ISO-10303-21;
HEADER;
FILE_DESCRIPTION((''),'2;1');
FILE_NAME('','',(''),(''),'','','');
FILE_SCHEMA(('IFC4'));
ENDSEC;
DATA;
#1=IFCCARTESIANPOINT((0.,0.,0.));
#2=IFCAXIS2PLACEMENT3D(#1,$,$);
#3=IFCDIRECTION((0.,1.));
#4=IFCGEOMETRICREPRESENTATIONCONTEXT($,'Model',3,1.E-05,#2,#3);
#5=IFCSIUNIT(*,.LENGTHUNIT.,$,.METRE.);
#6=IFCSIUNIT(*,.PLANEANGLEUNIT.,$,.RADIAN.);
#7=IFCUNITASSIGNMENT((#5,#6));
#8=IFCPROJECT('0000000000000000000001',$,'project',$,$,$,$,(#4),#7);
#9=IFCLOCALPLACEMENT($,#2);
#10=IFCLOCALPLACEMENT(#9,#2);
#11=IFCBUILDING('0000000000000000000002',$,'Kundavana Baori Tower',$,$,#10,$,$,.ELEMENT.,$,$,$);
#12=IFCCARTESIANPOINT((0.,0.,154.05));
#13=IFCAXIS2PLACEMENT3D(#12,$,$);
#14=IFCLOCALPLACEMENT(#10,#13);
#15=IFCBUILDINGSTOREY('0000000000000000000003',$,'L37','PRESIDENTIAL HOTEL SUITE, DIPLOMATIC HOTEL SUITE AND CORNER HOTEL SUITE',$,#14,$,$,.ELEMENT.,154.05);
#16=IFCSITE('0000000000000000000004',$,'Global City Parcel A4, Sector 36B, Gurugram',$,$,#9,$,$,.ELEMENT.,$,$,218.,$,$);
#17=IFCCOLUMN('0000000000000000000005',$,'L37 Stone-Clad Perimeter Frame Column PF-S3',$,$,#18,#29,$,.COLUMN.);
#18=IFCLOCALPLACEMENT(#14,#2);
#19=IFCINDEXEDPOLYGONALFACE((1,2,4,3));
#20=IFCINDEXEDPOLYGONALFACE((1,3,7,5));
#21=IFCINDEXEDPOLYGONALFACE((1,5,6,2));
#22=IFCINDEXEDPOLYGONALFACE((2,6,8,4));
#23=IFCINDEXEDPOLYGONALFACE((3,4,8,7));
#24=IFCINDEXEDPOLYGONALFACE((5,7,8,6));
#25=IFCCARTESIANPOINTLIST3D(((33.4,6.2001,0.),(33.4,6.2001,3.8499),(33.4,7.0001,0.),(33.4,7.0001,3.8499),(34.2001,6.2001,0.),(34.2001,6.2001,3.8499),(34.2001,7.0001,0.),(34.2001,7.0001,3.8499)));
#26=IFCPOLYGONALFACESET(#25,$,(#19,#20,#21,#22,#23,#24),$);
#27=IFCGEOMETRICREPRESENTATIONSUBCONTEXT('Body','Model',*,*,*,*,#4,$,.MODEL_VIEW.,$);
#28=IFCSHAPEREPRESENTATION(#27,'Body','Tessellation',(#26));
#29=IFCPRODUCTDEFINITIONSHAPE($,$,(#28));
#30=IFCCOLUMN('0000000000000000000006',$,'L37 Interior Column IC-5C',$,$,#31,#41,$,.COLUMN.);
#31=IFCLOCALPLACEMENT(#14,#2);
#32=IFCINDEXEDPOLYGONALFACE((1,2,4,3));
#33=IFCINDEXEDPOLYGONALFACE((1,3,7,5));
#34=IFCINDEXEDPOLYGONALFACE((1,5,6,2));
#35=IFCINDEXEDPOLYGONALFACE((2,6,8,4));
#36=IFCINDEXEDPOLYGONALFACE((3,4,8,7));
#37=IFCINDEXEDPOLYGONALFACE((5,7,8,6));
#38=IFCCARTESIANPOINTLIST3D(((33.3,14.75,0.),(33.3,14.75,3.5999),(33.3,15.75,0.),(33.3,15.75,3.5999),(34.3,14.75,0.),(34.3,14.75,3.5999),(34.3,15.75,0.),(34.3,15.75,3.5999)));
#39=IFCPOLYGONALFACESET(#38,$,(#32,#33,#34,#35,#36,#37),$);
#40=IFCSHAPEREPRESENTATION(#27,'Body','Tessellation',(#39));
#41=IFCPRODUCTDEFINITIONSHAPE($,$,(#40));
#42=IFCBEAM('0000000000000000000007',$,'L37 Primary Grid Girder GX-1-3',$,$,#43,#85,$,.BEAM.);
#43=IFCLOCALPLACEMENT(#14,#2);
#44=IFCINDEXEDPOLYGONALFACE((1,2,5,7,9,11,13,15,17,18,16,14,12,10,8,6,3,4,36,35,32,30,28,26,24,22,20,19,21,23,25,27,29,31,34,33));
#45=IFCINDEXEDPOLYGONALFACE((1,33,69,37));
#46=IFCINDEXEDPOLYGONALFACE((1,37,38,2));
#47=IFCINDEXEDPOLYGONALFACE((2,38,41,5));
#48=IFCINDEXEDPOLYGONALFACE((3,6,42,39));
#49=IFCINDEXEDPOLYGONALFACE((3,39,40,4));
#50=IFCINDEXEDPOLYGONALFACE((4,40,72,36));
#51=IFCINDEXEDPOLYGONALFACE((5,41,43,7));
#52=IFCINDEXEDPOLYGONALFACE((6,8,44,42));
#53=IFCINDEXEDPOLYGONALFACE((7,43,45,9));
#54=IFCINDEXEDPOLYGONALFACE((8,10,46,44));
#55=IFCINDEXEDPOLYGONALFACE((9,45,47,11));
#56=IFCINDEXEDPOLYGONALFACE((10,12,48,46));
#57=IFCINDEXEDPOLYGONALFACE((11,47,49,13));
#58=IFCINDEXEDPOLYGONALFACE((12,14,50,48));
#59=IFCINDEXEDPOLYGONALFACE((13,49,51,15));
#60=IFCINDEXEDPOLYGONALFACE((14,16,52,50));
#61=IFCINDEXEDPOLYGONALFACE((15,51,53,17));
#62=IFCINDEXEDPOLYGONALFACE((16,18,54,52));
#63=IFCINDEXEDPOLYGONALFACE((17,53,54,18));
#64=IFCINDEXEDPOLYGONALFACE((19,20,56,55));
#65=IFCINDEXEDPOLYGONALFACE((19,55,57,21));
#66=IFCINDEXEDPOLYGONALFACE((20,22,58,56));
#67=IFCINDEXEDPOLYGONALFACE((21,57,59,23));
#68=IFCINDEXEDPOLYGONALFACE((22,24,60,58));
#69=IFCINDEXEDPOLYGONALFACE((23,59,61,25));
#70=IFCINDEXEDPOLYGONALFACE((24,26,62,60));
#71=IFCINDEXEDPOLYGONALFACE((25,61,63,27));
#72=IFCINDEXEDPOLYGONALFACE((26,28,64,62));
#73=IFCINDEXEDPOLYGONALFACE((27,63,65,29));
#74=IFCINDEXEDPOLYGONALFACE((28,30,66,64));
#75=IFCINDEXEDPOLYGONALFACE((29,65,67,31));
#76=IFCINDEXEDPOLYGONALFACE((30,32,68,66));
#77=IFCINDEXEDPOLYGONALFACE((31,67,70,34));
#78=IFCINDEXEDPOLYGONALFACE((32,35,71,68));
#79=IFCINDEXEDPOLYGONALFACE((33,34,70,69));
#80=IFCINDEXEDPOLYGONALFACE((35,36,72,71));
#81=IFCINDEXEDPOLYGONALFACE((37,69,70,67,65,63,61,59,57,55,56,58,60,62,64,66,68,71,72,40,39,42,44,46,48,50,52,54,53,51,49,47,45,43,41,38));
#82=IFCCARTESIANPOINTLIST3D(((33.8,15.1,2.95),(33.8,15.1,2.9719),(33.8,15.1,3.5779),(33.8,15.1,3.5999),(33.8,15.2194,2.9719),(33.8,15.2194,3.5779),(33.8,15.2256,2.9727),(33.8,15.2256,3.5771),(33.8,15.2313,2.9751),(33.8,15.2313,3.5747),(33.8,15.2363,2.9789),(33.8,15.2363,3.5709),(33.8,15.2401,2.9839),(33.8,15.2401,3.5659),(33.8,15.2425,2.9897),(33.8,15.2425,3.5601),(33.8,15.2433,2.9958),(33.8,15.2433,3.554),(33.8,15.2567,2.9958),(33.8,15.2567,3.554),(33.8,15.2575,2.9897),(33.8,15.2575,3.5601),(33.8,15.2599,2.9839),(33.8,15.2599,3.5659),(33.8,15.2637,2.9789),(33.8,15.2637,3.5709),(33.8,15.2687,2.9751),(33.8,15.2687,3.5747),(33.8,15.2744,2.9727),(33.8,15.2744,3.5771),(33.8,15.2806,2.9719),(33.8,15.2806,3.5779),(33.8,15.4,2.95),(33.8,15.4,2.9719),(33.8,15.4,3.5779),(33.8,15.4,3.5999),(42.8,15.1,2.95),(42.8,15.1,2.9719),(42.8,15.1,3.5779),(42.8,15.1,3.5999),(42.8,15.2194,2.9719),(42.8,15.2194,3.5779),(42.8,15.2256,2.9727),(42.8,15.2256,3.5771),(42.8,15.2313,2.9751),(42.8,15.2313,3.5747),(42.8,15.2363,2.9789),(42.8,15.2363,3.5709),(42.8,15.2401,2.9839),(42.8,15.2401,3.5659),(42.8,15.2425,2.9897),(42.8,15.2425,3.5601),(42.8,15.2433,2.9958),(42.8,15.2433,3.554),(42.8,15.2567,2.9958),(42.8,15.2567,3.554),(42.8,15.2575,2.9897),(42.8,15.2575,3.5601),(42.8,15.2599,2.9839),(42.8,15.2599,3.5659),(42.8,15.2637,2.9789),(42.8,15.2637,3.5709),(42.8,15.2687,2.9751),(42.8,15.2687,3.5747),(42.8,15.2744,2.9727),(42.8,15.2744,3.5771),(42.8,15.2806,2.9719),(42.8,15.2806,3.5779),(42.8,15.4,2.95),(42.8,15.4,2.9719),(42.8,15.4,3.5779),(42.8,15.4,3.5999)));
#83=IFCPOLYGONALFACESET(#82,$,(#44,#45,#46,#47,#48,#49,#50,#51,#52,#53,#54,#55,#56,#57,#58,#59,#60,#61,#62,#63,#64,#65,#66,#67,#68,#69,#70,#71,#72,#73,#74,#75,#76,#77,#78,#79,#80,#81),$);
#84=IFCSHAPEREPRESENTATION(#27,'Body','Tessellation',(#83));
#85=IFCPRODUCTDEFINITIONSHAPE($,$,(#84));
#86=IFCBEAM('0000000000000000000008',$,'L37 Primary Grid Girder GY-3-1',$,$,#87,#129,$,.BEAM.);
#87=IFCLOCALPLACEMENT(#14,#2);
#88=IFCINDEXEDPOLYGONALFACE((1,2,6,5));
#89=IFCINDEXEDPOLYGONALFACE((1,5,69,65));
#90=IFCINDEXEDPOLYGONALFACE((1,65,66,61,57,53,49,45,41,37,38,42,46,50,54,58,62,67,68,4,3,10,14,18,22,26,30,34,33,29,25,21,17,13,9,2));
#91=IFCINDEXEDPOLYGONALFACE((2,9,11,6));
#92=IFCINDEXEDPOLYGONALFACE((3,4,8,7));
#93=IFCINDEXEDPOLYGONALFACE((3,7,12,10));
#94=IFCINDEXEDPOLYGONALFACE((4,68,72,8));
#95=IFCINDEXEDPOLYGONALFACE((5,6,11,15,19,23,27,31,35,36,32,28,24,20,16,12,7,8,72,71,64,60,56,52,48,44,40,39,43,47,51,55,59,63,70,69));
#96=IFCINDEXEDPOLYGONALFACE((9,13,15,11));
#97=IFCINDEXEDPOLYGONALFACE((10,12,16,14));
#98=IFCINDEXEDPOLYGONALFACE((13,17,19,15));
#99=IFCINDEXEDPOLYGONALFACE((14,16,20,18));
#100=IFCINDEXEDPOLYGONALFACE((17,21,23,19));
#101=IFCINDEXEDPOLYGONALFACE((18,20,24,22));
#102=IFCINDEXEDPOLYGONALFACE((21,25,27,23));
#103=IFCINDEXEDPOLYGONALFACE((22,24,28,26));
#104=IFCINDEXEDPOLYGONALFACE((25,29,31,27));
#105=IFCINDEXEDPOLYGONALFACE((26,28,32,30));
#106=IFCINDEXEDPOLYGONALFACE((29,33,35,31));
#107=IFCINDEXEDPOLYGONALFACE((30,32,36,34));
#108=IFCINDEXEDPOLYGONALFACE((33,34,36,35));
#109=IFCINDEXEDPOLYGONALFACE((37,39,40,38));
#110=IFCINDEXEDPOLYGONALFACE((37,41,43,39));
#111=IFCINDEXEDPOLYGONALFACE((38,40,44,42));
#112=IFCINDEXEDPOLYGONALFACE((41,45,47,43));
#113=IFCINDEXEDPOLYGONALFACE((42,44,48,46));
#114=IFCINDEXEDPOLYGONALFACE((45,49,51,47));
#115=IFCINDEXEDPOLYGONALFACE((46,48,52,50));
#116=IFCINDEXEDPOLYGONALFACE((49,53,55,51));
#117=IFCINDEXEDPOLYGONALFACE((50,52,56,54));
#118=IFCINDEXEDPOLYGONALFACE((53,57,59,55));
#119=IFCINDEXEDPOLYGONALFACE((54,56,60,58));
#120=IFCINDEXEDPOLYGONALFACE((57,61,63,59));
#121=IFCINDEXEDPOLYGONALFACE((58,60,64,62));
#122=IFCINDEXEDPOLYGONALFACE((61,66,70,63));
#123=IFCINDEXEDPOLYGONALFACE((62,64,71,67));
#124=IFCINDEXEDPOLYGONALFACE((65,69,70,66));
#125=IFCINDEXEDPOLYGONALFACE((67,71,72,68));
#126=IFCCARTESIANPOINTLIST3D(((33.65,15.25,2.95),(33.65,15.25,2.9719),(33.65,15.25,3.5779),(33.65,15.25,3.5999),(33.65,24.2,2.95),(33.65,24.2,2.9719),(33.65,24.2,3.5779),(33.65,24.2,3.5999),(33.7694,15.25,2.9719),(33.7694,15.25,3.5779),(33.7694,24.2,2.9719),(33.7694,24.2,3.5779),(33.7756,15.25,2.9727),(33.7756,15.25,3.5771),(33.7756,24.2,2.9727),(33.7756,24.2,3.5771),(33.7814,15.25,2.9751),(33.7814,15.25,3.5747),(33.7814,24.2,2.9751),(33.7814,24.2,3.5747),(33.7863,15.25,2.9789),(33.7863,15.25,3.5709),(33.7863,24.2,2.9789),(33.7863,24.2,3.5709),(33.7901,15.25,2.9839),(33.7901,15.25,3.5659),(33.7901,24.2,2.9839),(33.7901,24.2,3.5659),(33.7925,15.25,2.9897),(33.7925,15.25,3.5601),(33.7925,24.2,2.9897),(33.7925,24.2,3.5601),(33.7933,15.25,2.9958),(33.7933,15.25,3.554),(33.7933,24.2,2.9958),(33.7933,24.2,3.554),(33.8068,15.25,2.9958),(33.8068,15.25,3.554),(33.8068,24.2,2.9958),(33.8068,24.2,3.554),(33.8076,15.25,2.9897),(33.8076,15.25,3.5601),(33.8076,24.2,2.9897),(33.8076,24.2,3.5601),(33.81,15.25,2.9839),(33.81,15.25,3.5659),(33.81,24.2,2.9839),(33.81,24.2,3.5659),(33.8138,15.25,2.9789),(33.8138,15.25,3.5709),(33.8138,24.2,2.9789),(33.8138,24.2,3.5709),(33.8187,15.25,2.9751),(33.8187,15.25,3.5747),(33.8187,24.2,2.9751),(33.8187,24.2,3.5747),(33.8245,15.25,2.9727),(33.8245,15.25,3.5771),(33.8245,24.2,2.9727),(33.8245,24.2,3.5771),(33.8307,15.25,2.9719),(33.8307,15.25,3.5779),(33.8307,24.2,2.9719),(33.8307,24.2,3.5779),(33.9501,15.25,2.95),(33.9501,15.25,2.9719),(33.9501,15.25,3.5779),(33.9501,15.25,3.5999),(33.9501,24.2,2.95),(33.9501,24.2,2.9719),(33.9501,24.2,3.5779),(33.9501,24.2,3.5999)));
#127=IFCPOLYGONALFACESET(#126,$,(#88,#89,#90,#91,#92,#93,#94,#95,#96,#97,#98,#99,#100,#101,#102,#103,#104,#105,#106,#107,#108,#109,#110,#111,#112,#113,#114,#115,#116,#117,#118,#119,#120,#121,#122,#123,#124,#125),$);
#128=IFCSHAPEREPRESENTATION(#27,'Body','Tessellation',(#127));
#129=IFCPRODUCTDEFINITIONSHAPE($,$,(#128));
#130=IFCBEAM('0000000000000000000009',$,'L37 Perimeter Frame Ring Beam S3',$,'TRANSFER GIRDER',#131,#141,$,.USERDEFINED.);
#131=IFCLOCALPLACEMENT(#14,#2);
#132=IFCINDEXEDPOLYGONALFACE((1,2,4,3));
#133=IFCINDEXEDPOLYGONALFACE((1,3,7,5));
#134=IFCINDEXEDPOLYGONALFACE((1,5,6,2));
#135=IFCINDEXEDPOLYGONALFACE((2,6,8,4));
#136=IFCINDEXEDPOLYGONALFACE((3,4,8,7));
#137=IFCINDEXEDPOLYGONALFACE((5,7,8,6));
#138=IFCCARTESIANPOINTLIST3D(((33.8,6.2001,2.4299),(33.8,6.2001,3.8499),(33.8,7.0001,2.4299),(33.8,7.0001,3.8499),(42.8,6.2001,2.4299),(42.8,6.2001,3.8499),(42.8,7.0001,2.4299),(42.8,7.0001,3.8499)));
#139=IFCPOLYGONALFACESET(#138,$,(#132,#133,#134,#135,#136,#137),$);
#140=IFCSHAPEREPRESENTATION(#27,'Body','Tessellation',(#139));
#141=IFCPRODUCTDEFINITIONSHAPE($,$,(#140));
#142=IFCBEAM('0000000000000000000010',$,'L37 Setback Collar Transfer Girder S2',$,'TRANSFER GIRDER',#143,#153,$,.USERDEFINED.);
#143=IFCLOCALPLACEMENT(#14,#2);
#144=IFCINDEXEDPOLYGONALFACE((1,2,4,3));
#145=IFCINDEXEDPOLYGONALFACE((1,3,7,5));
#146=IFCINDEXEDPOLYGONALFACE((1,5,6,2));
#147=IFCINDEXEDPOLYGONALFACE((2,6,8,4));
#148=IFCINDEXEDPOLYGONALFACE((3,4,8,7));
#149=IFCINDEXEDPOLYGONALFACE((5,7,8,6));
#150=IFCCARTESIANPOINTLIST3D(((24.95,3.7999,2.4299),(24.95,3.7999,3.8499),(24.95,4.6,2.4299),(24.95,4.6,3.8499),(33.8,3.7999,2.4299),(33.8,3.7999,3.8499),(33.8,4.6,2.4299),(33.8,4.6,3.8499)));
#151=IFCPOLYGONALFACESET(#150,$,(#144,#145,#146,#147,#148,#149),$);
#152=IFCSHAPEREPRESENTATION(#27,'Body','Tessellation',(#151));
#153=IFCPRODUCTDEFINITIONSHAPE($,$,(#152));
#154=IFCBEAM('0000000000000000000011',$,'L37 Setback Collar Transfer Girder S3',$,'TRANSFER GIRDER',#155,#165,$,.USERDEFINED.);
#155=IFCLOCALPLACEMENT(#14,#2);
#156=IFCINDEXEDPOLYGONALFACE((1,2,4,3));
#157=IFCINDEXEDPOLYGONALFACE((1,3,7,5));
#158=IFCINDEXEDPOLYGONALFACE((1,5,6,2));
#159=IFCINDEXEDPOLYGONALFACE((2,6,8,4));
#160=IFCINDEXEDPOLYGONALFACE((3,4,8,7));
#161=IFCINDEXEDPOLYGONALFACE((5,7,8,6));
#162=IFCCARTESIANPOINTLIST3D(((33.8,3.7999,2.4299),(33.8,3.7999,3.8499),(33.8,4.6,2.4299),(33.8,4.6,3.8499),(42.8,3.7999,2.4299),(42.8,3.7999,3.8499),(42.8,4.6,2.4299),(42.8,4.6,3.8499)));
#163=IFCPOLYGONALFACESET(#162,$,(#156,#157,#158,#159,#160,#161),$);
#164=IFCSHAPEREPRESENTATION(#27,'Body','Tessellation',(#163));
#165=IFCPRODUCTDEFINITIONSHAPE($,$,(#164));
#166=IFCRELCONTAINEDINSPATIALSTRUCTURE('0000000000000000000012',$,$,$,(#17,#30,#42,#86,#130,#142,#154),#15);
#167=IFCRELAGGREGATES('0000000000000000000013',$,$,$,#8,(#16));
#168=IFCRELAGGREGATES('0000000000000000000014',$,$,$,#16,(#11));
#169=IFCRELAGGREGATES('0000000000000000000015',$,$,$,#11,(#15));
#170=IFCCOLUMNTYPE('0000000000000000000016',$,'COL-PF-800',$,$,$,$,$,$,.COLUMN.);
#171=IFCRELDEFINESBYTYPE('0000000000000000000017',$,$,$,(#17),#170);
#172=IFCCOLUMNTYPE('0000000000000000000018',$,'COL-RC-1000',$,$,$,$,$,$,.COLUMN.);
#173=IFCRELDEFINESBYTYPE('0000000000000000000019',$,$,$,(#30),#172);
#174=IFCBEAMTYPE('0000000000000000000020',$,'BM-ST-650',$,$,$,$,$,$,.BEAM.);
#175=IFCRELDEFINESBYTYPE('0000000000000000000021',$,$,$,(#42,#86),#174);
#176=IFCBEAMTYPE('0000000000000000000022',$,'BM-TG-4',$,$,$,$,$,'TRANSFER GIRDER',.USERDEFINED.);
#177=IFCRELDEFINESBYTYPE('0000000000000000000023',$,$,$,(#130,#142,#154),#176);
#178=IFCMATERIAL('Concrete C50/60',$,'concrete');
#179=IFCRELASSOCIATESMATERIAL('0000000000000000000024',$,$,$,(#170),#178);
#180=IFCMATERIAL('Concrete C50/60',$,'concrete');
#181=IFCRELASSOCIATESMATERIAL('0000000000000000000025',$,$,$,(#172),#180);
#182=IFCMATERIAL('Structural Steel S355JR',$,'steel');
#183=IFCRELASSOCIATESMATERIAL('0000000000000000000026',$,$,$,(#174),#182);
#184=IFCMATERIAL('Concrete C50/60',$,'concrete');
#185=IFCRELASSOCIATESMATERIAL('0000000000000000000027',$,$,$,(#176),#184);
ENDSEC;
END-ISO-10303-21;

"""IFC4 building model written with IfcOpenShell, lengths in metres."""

from ifc_helpers import new_model, si_unit, direction, frame, origin, origin_2d, place, context, subcontext, project, spatial, rectangle, i_section, extrude, material, material_profile, profile_set, type_object, element, save


model = new_model("IFC4")

# Units and contexts
model_context = context("Model", 3, precision=1e-05, world=origin(), true_north=direction((0.0, 1.0)))
body_context = subcontext(model_context, "Body", "Model", "MODEL_VIEW")
ifc_project = project(units=[si_unit("LENGTHUNIT", "METRE"), si_unit("PLANEANGLEUNIT", "RADIAN")], contexts=[model_context])

# Site, building, storey
site_placement = place(None, origin())
site = spatial("IfcSite", under=ifc_project, at=site_placement, Name="Global City Parcel A4, Sector 36B, Gurugram", CompositionType="ELEMENT", RefElevation=218.0)
building_placement = place(site_placement, origin())
building = spatial("IfcBuilding", under=site, at=building_placement, Name="Kundavana Baori Tower", CompositionType="ELEMENT")
storey_placement = place(building_placement, frame((0.0, 0.0, 154.05)))
storey = spatial("IfcBuildingStorey", under=building, at=storey_placement, Name="L37", Description="PRESIDENTIAL HOTEL SUITE, DIPLOMATIC HOTEL SUITE AND CORNER HOTEL SUITE", CompositionType="ELEMENT", Elevation=154.05)

# Columns
ifc_material_1 = material(Name="Concrete C50/60", Category="concrete")
ifc_material_profile_1 = material_profile(ifc_material_1, rectangle(XDim=0.8, YDim=0.8, at=origin_2d()), Name="RC PF 800x800")
ifc_profile_set_1 = profile_set([ifc_material_profile_1], Name="Concrete C50/60")
column_type_1 = type_object("IfcColumnType", Name="COL-PF-800", PredefinedType="COLUMN", material=ifc_profile_set_1)
column_1_placement = place(storey_placement, frame((33.8, 6.6001, 0.0), z_axis=(0.0, 0.0, 1.0), x_axis=(1.0, 0.0, 0.0)))
element("IfcColumn", 1, at=column_1_placement, inside=storey, type_object=column_type_1, Name="L37 Stone-Clad Perimeter Frame Column PF-S3", PredefinedType="COLUMN", context=body_context, shape_type="SweptSolid", body=[
    extrude(rectangle(XDim=0.8, YDim=0.8, at=origin_2d()), origin(), (0.0, 0.0, 1.0), 3.8499),
])
ifc_material_2 = material(Name="Concrete C50/60", Category="concrete")
ifc_material_profile_2 = material_profile(ifc_material_2, rectangle(XDim=1.0, YDim=1.0, at=origin_2d()), Name="RC 1000x1000")
ifc_profile_set_2 = profile_set([ifc_material_profile_2], Name="Concrete C50/60")
column_type_2 = type_object("IfcColumnType", Name="COL-RC-1000", PredefinedType="COLUMN", material=ifc_profile_set_2)
column_2_placement = place(storey_placement, frame((33.8, 15.25, 0.0), z_axis=(0.0, 0.0, 1.0), x_axis=(1.0, 0.0, 0.0)))
element("IfcColumn", 2, at=column_2_placement, inside=storey, type_object=column_type_2, Name="L37 Interior Column IC-5C", PredefinedType="COLUMN", context=body_context, shape_type="SweptSolid", body=[
    extrude(rectangle(XDim=1.0, YDim=1.0, at=origin_2d()), origin(), (0.0, 0.0, 1.0), 3.5999),
])

# Beams
ifc_material_3 = material(Name="Structural Steel S355JR", Category="steel")
ifc_material_profile_3 = material_profile(ifc_material_3, i_section(OverallWidth=0.3, OverallDepth=0.6499, WebThickness=0.0134, FlangeThickness=0.022, FilletRadius=0.0239, at=origin_2d()), Name="NPB 650x300x155")
ifc_profile_set_3 = profile_set([ifc_material_profile_3], Name="Structural Steel S355JR")
beam_type_1 = type_object("IfcBeamType", Name="BM-ST-650", PredefinedType="BEAM", material=ifc_profile_set_3)
beam_1_placement = place(storey_placement, frame((33.8, 15.25, 3.2749), z_axis=(1.0, 0.0, 0.0), x_axis=(0.0, 1.0, 0.0)))
element("IfcBeam", 3, at=beam_1_placement, inside=storey, type_object=beam_type_1, Name="L37 Primary Grid Girder GX-1-3", PredefinedType="BEAM", context=body_context, shape_type="SweptSolid", body=[
    extrude(i_section(OverallWidth=0.3, OverallDepth=0.6499, WebThickness=0.0134, FlangeThickness=0.022, FilletRadius=0.0239, at=origin_2d()), origin(), (0.0, 0.0, 1.0), 9.0),
])
beam_2_placement = place(storey_placement, frame((33.8, 15.25, 3.2749), z_axis=(0.0, 1.0, 0.0), x_axis=(-1.0, 0.0, 0.0)))
element("IfcBeam", 4, at=beam_2_placement, inside=storey, type_object=beam_type_1, Name="L37 Primary Grid Girder GY-3-1", PredefinedType="BEAM", context=body_context, shape_type="SweptSolid", body=[
    extrude(i_section(OverallWidth=0.3, OverallDepth=0.6499, WebThickness=0.0134, FlangeThickness=0.022, FilletRadius=0.0239, at=origin_2d()), origin(), (0.0, 0.0, 1.0), 8.95),
])
ifc_material_4 = material(Name="Concrete C50/60", Category="concrete")
ifc_material_profile_4 = material_profile(ifc_material_4, rectangle(XDim=0.8, YDim=1.4199, at=origin_2d()), Name="BM-TG-4")
ifc_profile_set_4 = profile_set([ifc_material_profile_4], Name="Concrete C50/60")
beam_type_2 = type_object("IfcBeamType", Name="BM-TG-4", ElementType="TRANSFER GIRDER", PredefinedType="USERDEFINED", material=ifc_profile_set_4)
beam_3_placement = place(storey_placement, frame((33.8, 6.6001, 3.1399), z_axis=(1.0, 0.0, 0.0), x_axis=(0.0, 1.0, 0.0)))
element("IfcBeam", 5, at=beam_3_placement, inside=storey, type_object=beam_type_2, Name="L37 Perimeter Frame Ring Beam S3", ObjectType="TRANSFER GIRDER", PredefinedType="USERDEFINED", context=body_context, shape_type="SweptSolid", body=[
    extrude(rectangle(XDim=0.8, YDim=1.4199, at=origin_2d()), origin(), (0.0, 0.0, 1.0), 9.0),
])
beam_4_placement = place(storey_placement, frame((24.95, 4.2, 3.1399), z_axis=(1.0, 0.0, 0.0), x_axis=(0.0, 1.0, 0.0)))
element("IfcBeam", 6, at=beam_4_placement, inside=storey, type_object=beam_type_2, Name="L37 Setback Collar Transfer Girder S2", ObjectType="TRANSFER GIRDER", PredefinedType="USERDEFINED", context=body_context, shape_type="SweptSolid", body=[
    extrude(rectangle(XDim=0.8, YDim=1.4199, at=origin_2d()), origin(), (0.0, 0.0, 1.0), 8.8501),
])
beam_5_placement = place(storey_placement, frame((33.8, 4.2, 3.1399), z_axis=(1.0, 0.0, 0.0), x_axis=(0.0, 1.0, 0.0)))
element("IfcBeam", 7, at=beam_5_placement, inside=storey, type_object=beam_type_2, Name="L37 Setback Collar Transfer Girder S3", ObjectType="TRANSFER GIRDER", PredefinedType="USERDEFINED", context=body_context, shape_type="SweptSolid", body=[
    extrude(rectangle(XDim=0.8, YDim=1.4199, at=origin_2d()), origin(), (0.0, 0.0, 1.0), 9.0),
])

save(model, "model.ifc")
